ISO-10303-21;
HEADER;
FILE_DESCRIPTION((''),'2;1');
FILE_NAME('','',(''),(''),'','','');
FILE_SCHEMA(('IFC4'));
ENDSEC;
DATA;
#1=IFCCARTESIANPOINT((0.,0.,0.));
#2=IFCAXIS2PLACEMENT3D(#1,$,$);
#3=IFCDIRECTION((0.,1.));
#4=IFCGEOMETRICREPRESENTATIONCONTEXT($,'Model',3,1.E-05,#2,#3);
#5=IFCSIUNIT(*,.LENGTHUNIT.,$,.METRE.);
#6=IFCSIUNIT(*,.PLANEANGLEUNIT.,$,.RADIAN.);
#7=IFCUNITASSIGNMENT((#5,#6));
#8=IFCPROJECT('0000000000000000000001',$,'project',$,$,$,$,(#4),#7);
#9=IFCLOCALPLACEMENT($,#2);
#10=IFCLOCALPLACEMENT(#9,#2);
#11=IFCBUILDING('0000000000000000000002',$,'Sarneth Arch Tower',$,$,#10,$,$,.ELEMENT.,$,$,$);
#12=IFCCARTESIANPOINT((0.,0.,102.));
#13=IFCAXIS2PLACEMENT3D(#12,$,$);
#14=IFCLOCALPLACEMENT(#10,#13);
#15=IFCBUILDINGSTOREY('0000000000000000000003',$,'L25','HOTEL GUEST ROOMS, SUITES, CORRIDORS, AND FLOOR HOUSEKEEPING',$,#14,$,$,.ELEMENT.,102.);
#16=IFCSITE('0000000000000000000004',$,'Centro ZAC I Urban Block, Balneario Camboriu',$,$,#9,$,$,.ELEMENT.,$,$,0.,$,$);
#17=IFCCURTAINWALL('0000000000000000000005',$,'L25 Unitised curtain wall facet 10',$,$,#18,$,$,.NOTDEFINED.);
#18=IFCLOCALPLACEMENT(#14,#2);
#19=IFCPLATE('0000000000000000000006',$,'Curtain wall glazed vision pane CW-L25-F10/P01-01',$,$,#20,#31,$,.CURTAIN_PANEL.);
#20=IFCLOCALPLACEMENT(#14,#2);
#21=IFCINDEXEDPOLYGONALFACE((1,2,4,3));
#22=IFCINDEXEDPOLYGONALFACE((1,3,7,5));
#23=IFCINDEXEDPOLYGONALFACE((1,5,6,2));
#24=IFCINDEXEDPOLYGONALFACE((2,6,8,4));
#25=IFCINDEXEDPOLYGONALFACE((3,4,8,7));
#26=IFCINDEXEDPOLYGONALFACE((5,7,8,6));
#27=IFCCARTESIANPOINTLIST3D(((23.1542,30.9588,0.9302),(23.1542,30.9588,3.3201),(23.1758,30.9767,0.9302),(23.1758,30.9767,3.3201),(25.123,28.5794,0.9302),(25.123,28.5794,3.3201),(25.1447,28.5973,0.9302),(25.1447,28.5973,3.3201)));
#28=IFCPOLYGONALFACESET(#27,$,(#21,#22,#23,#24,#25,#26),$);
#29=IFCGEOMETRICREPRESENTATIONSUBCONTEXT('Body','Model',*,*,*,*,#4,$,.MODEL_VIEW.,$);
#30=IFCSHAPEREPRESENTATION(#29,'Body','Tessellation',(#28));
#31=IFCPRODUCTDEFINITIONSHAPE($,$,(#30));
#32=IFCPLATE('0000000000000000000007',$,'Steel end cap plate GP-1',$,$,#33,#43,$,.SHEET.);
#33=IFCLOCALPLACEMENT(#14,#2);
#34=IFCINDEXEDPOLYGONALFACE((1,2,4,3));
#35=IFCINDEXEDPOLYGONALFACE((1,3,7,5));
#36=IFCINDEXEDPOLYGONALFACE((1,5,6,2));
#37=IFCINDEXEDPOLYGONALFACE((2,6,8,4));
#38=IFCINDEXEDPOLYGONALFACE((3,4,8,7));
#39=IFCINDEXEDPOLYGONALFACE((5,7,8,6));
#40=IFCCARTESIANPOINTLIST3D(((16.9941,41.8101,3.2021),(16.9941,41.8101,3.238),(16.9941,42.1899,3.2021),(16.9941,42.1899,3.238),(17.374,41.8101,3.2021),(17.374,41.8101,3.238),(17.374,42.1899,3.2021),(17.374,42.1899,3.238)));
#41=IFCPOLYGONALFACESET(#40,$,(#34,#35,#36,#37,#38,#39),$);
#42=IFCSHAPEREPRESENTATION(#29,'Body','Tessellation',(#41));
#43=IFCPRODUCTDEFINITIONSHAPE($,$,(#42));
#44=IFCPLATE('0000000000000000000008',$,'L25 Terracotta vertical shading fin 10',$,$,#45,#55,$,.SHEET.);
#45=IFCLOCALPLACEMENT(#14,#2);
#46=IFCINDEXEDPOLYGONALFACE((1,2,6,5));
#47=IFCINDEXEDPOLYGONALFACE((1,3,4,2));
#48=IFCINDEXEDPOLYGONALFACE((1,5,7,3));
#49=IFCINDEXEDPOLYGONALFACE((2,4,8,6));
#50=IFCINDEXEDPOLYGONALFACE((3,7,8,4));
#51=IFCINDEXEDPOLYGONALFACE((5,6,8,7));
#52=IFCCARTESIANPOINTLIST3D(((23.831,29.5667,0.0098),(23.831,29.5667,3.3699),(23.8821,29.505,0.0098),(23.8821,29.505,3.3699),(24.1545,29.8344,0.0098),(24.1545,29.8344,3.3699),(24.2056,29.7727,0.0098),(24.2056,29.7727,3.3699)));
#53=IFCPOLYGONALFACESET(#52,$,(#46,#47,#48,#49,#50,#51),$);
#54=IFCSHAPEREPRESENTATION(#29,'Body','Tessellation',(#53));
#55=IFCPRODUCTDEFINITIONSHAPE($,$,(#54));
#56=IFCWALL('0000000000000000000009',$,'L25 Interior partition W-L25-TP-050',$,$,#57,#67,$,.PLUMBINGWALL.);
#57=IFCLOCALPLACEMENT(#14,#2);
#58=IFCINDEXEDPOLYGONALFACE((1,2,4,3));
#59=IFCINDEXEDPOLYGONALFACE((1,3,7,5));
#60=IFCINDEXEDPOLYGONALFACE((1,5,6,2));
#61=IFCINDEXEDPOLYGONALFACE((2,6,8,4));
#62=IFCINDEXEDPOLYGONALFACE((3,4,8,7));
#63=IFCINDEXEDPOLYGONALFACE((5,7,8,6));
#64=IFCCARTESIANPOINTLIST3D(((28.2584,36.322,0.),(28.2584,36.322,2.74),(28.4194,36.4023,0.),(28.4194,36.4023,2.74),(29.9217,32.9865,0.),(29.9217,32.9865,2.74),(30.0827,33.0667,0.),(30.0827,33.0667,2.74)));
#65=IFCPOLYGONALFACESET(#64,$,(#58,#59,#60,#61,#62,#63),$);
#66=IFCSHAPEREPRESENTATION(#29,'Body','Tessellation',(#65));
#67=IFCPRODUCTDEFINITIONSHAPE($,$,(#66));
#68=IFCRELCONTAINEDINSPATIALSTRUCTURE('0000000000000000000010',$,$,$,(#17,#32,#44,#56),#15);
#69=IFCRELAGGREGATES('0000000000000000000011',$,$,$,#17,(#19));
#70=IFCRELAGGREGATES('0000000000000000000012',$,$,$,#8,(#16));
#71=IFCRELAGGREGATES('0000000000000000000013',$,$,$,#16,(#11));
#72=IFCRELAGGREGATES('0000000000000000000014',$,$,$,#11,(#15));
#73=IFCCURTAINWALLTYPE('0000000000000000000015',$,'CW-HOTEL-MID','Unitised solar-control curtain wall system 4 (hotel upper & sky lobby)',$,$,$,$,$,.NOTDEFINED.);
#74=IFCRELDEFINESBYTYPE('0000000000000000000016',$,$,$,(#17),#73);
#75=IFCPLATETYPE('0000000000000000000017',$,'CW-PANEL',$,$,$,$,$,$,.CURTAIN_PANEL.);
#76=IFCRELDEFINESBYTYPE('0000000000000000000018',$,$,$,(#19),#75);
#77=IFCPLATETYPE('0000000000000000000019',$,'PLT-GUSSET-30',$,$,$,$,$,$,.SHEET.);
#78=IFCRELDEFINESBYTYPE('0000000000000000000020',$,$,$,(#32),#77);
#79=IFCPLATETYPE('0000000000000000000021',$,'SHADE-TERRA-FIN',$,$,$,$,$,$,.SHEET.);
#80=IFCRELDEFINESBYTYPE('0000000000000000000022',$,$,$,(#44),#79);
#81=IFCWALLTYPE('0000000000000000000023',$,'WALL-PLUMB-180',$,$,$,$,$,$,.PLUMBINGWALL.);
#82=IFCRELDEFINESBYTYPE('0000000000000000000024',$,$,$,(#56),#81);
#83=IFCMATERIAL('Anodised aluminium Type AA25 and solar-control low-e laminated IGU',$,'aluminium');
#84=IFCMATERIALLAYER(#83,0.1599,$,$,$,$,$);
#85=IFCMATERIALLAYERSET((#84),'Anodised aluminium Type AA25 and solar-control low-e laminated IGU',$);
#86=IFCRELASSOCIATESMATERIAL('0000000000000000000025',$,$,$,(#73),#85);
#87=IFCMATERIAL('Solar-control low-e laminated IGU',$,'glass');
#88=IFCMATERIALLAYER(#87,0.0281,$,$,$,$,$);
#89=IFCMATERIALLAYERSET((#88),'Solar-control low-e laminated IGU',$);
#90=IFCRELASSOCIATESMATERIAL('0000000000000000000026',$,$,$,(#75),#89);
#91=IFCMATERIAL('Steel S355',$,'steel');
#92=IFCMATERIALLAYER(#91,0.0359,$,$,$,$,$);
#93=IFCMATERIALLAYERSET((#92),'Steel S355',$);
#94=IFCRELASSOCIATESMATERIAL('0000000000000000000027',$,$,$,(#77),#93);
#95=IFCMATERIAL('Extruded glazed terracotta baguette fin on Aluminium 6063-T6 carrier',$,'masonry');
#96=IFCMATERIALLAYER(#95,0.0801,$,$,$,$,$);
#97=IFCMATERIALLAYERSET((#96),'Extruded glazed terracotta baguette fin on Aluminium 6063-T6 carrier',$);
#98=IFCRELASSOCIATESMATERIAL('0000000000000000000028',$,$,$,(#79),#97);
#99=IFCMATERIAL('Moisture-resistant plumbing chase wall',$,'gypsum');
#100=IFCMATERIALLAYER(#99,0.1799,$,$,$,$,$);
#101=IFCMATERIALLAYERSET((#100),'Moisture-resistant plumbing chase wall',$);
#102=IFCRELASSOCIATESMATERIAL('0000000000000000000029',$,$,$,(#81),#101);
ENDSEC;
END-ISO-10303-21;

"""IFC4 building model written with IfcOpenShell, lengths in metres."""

from ifc_helpers import new_model, si_unit, direction, frame, frame_2d, origin, origin_2d, place, context, subcontext, project, spatial, rectangle, extrude, material, layer, layer_set, type_object, element, aggregate, save


model = new_model("IFC4")

# Units and contexts
model_context = context("Model", 3, precision=1e-05, world=origin(), true_north=direction((0.0, 1.0)))
body_context = subcontext(model_context, "Body", "Model", "MODEL_VIEW")
ifc_project = project(units=[si_unit("LENGTHUNIT", "METRE"), si_unit("PLANEANGLEUNIT", "RADIAN")], contexts=[model_context])

# Site, building, storey
site_placement = place(None, origin())
site = spatial("IfcSite", under=ifc_project, at=site_placement, Name="Centro ZAC I Urban Block, Balneario Camboriu", CompositionType="ELEMENT", RefElevation=0.0)
building_placement = place(site_placement, origin())
building = spatial("IfcBuilding", under=site, at=building_placement, Name="Sarneth Arch Tower", CompositionType="ELEMENT")
storey_placement = place(building_placement, frame((0.0, 0.0, 102.0)))
storey = spatial("IfcBuildingStorey", under=building, at=storey_placement, Name="L25", Description="HOTEL GUEST ROOMS, SUITES, CORRIDORS, AND FLOOR HOUSEKEEPING", CompositionType="ELEMENT", Elevation=102.0)

# Curtain wall, plate
ifc_material_1 = material(Name="Anodised aluminium Type AA25 and solar-control low-e laminated IGU", Category="aluminium")
ifc_layer_1 = layer(ifc_material_1, 0.1599)
ifc_layer_set_1 = layer_set([ifc_layer_1], Name="Anodised aluminium Type AA25 and solar-control low-e laminated IGU")
curtain_wall_type = type_object("IfcCurtainWallType", Name="CW-HOTEL-MID", Description="Unitised solar-control curtain wall system 4 (hotel upper & sky lobby)", PredefinedType="NOTDEFINED", material=ifc_layer_set_1)
curtain_wall_placement = place(storey_placement, origin())
curtain_wall = element("IfcCurtainWall", 1, at=curtain_wall_placement, inside=storey, type_object=curtain_wall_type, Name="L25 Unitised curtain wall facet 10", PredefinedType="NOTDEFINED")
ifc_material_2 = material(Name="Solar-control low-e laminated IGU", Category="glass")
ifc_layer_2 = layer(ifc_material_2, 0.0281)
ifc_layer_set_2 = layer_set([ifc_layer_2], Name="Solar-control low-e laminated IGU")
plate_type_1 = type_object("IfcPlateType", Name="CW-PANEL", PredefinedType="CURTAIN_PANEL", material=ifc_layer_set_2)
plate_1_placement = place(storey_placement, frame((24.1494, 29.7781, 0.9302), z_axis=(0.0, 0.0, 1.0), x_axis=(0.637515, -0.770438, 0.0)))
plate_1 = element("IfcPlate", 2, at=plate_1_placement, type_object=plate_type_1, Name="Curtain wall glazed vision pane CW-L25-F10/P01-01", PredefinedType="CURTAIN_PANEL", context=body_context, shape_type="SweptSolid", body=[
    extrude(rectangle(XDim=3.0884, YDim=0.0281, at=origin_2d()), origin(), (0.0, 0.0, 1.0), 2.3899),
])
aggregate(curtain_wall, [plate_1])

# Plates
ifc_material_3 = material(Name="Steel S355", Category="steel")
ifc_layer_3 = layer(ifc_material_3, 0.0359)
ifc_layer_set_3 = layer_set([ifc_layer_3], Name="Steel S355")
plate_type_2 = type_object("IfcPlateType", Name="PLT-GUSSET-30", PredefinedType="SHEET", material=ifc_layer_set_3)
plate_2_placement = place(storey_placement, frame((17.1841, 42.0, 3.2021), z_axis=(0.0, 0.0, 1.0), x_axis=(-1.0, 0.0, 0.0)))
element("IfcPlate", 3, at=plate_2_placement, inside=storey, type_object=plate_type_2, Name="Steel end cap plate GP-1", PredefinedType="SHEET", context=body_context, shape_type="SweptSolid", body=[
    extrude(rectangle(XDim=0.3799, YDim=0.3799, at=origin_2d()), origin(), (0.0, 0.0, 1.0), 0.0359),
])
ifc_material_4 = material(Name="Extruded glazed terracotta baguette fin on Aluminium 6063-T6 carrier", Category="masonry")
ifc_layer_4 = layer(ifc_material_4, 0.0801)
ifc_layer_set_4 = layer_set([ifc_layer_4], Name="Extruded glazed terracotta baguette fin on Aluminium 6063-T6 carrier")
plate_type_3 = type_object("IfcPlateType", Name="SHADE-TERRA-FIN", PredefinedType="SHEET", material=ifc_layer_set_4)
plate_3_placement = place(storey_placement, frame((24.0183, 29.6697, 0.0098), z_axis=(0.0, 0.0, 1.0), x_axis=(-0.770402, -0.637558, 0.0)))
element("IfcPlate", 4, at=plate_3_placement, inside=storey, type_object=plate_type_3, Name="L25 Terracotta vertical shading fin 10", PredefinedType="SHEET", context=body_context, shape_type="SweptSolid", body=[
    extrude(rectangle(XDim=0.4199, YDim=0.0801, at=origin_2d()), origin(), (0.0, 0.0, 1.0), 3.3601),
])

# Wall
ifc_material_5 = material(Name="Moisture-resistant plumbing chase wall", Category="gypsum")
ifc_layer_5 = layer(ifc_material_5, 0.1799)
ifc_layer_set_5 = layer_set([ifc_layer_5], Name="Moisture-resistant plumbing chase wall")
wall_type = type_object("IfcWallType", Name="WALL-PLUMB-180", PredefinedType="PLUMBINGWALL", material=ifc_layer_set_5)
wall_placement = place(storey_placement, frame((28.3389, 36.3623, 0.0), z_axis=(0.0, 0.0, 1.0), x_axis=(0.446244, -0.894911, 0.0)))
element("IfcWall", 5, at=wall_placement, inside=storey, type_object=wall_type, Name="L25 Interior partition W-L25-TP-050", PredefinedType="PLUMBINGWALL", context=body_context, shape_type="SweptSolid", body=[
    extrude(rectangle(XDim=3.7273, YDim=0.1799, at=frame_2d((1.8638, 0.0))), origin(), (0.0, 0.0, 1.0), 2.74),
])

save(model, "model.ifc")
